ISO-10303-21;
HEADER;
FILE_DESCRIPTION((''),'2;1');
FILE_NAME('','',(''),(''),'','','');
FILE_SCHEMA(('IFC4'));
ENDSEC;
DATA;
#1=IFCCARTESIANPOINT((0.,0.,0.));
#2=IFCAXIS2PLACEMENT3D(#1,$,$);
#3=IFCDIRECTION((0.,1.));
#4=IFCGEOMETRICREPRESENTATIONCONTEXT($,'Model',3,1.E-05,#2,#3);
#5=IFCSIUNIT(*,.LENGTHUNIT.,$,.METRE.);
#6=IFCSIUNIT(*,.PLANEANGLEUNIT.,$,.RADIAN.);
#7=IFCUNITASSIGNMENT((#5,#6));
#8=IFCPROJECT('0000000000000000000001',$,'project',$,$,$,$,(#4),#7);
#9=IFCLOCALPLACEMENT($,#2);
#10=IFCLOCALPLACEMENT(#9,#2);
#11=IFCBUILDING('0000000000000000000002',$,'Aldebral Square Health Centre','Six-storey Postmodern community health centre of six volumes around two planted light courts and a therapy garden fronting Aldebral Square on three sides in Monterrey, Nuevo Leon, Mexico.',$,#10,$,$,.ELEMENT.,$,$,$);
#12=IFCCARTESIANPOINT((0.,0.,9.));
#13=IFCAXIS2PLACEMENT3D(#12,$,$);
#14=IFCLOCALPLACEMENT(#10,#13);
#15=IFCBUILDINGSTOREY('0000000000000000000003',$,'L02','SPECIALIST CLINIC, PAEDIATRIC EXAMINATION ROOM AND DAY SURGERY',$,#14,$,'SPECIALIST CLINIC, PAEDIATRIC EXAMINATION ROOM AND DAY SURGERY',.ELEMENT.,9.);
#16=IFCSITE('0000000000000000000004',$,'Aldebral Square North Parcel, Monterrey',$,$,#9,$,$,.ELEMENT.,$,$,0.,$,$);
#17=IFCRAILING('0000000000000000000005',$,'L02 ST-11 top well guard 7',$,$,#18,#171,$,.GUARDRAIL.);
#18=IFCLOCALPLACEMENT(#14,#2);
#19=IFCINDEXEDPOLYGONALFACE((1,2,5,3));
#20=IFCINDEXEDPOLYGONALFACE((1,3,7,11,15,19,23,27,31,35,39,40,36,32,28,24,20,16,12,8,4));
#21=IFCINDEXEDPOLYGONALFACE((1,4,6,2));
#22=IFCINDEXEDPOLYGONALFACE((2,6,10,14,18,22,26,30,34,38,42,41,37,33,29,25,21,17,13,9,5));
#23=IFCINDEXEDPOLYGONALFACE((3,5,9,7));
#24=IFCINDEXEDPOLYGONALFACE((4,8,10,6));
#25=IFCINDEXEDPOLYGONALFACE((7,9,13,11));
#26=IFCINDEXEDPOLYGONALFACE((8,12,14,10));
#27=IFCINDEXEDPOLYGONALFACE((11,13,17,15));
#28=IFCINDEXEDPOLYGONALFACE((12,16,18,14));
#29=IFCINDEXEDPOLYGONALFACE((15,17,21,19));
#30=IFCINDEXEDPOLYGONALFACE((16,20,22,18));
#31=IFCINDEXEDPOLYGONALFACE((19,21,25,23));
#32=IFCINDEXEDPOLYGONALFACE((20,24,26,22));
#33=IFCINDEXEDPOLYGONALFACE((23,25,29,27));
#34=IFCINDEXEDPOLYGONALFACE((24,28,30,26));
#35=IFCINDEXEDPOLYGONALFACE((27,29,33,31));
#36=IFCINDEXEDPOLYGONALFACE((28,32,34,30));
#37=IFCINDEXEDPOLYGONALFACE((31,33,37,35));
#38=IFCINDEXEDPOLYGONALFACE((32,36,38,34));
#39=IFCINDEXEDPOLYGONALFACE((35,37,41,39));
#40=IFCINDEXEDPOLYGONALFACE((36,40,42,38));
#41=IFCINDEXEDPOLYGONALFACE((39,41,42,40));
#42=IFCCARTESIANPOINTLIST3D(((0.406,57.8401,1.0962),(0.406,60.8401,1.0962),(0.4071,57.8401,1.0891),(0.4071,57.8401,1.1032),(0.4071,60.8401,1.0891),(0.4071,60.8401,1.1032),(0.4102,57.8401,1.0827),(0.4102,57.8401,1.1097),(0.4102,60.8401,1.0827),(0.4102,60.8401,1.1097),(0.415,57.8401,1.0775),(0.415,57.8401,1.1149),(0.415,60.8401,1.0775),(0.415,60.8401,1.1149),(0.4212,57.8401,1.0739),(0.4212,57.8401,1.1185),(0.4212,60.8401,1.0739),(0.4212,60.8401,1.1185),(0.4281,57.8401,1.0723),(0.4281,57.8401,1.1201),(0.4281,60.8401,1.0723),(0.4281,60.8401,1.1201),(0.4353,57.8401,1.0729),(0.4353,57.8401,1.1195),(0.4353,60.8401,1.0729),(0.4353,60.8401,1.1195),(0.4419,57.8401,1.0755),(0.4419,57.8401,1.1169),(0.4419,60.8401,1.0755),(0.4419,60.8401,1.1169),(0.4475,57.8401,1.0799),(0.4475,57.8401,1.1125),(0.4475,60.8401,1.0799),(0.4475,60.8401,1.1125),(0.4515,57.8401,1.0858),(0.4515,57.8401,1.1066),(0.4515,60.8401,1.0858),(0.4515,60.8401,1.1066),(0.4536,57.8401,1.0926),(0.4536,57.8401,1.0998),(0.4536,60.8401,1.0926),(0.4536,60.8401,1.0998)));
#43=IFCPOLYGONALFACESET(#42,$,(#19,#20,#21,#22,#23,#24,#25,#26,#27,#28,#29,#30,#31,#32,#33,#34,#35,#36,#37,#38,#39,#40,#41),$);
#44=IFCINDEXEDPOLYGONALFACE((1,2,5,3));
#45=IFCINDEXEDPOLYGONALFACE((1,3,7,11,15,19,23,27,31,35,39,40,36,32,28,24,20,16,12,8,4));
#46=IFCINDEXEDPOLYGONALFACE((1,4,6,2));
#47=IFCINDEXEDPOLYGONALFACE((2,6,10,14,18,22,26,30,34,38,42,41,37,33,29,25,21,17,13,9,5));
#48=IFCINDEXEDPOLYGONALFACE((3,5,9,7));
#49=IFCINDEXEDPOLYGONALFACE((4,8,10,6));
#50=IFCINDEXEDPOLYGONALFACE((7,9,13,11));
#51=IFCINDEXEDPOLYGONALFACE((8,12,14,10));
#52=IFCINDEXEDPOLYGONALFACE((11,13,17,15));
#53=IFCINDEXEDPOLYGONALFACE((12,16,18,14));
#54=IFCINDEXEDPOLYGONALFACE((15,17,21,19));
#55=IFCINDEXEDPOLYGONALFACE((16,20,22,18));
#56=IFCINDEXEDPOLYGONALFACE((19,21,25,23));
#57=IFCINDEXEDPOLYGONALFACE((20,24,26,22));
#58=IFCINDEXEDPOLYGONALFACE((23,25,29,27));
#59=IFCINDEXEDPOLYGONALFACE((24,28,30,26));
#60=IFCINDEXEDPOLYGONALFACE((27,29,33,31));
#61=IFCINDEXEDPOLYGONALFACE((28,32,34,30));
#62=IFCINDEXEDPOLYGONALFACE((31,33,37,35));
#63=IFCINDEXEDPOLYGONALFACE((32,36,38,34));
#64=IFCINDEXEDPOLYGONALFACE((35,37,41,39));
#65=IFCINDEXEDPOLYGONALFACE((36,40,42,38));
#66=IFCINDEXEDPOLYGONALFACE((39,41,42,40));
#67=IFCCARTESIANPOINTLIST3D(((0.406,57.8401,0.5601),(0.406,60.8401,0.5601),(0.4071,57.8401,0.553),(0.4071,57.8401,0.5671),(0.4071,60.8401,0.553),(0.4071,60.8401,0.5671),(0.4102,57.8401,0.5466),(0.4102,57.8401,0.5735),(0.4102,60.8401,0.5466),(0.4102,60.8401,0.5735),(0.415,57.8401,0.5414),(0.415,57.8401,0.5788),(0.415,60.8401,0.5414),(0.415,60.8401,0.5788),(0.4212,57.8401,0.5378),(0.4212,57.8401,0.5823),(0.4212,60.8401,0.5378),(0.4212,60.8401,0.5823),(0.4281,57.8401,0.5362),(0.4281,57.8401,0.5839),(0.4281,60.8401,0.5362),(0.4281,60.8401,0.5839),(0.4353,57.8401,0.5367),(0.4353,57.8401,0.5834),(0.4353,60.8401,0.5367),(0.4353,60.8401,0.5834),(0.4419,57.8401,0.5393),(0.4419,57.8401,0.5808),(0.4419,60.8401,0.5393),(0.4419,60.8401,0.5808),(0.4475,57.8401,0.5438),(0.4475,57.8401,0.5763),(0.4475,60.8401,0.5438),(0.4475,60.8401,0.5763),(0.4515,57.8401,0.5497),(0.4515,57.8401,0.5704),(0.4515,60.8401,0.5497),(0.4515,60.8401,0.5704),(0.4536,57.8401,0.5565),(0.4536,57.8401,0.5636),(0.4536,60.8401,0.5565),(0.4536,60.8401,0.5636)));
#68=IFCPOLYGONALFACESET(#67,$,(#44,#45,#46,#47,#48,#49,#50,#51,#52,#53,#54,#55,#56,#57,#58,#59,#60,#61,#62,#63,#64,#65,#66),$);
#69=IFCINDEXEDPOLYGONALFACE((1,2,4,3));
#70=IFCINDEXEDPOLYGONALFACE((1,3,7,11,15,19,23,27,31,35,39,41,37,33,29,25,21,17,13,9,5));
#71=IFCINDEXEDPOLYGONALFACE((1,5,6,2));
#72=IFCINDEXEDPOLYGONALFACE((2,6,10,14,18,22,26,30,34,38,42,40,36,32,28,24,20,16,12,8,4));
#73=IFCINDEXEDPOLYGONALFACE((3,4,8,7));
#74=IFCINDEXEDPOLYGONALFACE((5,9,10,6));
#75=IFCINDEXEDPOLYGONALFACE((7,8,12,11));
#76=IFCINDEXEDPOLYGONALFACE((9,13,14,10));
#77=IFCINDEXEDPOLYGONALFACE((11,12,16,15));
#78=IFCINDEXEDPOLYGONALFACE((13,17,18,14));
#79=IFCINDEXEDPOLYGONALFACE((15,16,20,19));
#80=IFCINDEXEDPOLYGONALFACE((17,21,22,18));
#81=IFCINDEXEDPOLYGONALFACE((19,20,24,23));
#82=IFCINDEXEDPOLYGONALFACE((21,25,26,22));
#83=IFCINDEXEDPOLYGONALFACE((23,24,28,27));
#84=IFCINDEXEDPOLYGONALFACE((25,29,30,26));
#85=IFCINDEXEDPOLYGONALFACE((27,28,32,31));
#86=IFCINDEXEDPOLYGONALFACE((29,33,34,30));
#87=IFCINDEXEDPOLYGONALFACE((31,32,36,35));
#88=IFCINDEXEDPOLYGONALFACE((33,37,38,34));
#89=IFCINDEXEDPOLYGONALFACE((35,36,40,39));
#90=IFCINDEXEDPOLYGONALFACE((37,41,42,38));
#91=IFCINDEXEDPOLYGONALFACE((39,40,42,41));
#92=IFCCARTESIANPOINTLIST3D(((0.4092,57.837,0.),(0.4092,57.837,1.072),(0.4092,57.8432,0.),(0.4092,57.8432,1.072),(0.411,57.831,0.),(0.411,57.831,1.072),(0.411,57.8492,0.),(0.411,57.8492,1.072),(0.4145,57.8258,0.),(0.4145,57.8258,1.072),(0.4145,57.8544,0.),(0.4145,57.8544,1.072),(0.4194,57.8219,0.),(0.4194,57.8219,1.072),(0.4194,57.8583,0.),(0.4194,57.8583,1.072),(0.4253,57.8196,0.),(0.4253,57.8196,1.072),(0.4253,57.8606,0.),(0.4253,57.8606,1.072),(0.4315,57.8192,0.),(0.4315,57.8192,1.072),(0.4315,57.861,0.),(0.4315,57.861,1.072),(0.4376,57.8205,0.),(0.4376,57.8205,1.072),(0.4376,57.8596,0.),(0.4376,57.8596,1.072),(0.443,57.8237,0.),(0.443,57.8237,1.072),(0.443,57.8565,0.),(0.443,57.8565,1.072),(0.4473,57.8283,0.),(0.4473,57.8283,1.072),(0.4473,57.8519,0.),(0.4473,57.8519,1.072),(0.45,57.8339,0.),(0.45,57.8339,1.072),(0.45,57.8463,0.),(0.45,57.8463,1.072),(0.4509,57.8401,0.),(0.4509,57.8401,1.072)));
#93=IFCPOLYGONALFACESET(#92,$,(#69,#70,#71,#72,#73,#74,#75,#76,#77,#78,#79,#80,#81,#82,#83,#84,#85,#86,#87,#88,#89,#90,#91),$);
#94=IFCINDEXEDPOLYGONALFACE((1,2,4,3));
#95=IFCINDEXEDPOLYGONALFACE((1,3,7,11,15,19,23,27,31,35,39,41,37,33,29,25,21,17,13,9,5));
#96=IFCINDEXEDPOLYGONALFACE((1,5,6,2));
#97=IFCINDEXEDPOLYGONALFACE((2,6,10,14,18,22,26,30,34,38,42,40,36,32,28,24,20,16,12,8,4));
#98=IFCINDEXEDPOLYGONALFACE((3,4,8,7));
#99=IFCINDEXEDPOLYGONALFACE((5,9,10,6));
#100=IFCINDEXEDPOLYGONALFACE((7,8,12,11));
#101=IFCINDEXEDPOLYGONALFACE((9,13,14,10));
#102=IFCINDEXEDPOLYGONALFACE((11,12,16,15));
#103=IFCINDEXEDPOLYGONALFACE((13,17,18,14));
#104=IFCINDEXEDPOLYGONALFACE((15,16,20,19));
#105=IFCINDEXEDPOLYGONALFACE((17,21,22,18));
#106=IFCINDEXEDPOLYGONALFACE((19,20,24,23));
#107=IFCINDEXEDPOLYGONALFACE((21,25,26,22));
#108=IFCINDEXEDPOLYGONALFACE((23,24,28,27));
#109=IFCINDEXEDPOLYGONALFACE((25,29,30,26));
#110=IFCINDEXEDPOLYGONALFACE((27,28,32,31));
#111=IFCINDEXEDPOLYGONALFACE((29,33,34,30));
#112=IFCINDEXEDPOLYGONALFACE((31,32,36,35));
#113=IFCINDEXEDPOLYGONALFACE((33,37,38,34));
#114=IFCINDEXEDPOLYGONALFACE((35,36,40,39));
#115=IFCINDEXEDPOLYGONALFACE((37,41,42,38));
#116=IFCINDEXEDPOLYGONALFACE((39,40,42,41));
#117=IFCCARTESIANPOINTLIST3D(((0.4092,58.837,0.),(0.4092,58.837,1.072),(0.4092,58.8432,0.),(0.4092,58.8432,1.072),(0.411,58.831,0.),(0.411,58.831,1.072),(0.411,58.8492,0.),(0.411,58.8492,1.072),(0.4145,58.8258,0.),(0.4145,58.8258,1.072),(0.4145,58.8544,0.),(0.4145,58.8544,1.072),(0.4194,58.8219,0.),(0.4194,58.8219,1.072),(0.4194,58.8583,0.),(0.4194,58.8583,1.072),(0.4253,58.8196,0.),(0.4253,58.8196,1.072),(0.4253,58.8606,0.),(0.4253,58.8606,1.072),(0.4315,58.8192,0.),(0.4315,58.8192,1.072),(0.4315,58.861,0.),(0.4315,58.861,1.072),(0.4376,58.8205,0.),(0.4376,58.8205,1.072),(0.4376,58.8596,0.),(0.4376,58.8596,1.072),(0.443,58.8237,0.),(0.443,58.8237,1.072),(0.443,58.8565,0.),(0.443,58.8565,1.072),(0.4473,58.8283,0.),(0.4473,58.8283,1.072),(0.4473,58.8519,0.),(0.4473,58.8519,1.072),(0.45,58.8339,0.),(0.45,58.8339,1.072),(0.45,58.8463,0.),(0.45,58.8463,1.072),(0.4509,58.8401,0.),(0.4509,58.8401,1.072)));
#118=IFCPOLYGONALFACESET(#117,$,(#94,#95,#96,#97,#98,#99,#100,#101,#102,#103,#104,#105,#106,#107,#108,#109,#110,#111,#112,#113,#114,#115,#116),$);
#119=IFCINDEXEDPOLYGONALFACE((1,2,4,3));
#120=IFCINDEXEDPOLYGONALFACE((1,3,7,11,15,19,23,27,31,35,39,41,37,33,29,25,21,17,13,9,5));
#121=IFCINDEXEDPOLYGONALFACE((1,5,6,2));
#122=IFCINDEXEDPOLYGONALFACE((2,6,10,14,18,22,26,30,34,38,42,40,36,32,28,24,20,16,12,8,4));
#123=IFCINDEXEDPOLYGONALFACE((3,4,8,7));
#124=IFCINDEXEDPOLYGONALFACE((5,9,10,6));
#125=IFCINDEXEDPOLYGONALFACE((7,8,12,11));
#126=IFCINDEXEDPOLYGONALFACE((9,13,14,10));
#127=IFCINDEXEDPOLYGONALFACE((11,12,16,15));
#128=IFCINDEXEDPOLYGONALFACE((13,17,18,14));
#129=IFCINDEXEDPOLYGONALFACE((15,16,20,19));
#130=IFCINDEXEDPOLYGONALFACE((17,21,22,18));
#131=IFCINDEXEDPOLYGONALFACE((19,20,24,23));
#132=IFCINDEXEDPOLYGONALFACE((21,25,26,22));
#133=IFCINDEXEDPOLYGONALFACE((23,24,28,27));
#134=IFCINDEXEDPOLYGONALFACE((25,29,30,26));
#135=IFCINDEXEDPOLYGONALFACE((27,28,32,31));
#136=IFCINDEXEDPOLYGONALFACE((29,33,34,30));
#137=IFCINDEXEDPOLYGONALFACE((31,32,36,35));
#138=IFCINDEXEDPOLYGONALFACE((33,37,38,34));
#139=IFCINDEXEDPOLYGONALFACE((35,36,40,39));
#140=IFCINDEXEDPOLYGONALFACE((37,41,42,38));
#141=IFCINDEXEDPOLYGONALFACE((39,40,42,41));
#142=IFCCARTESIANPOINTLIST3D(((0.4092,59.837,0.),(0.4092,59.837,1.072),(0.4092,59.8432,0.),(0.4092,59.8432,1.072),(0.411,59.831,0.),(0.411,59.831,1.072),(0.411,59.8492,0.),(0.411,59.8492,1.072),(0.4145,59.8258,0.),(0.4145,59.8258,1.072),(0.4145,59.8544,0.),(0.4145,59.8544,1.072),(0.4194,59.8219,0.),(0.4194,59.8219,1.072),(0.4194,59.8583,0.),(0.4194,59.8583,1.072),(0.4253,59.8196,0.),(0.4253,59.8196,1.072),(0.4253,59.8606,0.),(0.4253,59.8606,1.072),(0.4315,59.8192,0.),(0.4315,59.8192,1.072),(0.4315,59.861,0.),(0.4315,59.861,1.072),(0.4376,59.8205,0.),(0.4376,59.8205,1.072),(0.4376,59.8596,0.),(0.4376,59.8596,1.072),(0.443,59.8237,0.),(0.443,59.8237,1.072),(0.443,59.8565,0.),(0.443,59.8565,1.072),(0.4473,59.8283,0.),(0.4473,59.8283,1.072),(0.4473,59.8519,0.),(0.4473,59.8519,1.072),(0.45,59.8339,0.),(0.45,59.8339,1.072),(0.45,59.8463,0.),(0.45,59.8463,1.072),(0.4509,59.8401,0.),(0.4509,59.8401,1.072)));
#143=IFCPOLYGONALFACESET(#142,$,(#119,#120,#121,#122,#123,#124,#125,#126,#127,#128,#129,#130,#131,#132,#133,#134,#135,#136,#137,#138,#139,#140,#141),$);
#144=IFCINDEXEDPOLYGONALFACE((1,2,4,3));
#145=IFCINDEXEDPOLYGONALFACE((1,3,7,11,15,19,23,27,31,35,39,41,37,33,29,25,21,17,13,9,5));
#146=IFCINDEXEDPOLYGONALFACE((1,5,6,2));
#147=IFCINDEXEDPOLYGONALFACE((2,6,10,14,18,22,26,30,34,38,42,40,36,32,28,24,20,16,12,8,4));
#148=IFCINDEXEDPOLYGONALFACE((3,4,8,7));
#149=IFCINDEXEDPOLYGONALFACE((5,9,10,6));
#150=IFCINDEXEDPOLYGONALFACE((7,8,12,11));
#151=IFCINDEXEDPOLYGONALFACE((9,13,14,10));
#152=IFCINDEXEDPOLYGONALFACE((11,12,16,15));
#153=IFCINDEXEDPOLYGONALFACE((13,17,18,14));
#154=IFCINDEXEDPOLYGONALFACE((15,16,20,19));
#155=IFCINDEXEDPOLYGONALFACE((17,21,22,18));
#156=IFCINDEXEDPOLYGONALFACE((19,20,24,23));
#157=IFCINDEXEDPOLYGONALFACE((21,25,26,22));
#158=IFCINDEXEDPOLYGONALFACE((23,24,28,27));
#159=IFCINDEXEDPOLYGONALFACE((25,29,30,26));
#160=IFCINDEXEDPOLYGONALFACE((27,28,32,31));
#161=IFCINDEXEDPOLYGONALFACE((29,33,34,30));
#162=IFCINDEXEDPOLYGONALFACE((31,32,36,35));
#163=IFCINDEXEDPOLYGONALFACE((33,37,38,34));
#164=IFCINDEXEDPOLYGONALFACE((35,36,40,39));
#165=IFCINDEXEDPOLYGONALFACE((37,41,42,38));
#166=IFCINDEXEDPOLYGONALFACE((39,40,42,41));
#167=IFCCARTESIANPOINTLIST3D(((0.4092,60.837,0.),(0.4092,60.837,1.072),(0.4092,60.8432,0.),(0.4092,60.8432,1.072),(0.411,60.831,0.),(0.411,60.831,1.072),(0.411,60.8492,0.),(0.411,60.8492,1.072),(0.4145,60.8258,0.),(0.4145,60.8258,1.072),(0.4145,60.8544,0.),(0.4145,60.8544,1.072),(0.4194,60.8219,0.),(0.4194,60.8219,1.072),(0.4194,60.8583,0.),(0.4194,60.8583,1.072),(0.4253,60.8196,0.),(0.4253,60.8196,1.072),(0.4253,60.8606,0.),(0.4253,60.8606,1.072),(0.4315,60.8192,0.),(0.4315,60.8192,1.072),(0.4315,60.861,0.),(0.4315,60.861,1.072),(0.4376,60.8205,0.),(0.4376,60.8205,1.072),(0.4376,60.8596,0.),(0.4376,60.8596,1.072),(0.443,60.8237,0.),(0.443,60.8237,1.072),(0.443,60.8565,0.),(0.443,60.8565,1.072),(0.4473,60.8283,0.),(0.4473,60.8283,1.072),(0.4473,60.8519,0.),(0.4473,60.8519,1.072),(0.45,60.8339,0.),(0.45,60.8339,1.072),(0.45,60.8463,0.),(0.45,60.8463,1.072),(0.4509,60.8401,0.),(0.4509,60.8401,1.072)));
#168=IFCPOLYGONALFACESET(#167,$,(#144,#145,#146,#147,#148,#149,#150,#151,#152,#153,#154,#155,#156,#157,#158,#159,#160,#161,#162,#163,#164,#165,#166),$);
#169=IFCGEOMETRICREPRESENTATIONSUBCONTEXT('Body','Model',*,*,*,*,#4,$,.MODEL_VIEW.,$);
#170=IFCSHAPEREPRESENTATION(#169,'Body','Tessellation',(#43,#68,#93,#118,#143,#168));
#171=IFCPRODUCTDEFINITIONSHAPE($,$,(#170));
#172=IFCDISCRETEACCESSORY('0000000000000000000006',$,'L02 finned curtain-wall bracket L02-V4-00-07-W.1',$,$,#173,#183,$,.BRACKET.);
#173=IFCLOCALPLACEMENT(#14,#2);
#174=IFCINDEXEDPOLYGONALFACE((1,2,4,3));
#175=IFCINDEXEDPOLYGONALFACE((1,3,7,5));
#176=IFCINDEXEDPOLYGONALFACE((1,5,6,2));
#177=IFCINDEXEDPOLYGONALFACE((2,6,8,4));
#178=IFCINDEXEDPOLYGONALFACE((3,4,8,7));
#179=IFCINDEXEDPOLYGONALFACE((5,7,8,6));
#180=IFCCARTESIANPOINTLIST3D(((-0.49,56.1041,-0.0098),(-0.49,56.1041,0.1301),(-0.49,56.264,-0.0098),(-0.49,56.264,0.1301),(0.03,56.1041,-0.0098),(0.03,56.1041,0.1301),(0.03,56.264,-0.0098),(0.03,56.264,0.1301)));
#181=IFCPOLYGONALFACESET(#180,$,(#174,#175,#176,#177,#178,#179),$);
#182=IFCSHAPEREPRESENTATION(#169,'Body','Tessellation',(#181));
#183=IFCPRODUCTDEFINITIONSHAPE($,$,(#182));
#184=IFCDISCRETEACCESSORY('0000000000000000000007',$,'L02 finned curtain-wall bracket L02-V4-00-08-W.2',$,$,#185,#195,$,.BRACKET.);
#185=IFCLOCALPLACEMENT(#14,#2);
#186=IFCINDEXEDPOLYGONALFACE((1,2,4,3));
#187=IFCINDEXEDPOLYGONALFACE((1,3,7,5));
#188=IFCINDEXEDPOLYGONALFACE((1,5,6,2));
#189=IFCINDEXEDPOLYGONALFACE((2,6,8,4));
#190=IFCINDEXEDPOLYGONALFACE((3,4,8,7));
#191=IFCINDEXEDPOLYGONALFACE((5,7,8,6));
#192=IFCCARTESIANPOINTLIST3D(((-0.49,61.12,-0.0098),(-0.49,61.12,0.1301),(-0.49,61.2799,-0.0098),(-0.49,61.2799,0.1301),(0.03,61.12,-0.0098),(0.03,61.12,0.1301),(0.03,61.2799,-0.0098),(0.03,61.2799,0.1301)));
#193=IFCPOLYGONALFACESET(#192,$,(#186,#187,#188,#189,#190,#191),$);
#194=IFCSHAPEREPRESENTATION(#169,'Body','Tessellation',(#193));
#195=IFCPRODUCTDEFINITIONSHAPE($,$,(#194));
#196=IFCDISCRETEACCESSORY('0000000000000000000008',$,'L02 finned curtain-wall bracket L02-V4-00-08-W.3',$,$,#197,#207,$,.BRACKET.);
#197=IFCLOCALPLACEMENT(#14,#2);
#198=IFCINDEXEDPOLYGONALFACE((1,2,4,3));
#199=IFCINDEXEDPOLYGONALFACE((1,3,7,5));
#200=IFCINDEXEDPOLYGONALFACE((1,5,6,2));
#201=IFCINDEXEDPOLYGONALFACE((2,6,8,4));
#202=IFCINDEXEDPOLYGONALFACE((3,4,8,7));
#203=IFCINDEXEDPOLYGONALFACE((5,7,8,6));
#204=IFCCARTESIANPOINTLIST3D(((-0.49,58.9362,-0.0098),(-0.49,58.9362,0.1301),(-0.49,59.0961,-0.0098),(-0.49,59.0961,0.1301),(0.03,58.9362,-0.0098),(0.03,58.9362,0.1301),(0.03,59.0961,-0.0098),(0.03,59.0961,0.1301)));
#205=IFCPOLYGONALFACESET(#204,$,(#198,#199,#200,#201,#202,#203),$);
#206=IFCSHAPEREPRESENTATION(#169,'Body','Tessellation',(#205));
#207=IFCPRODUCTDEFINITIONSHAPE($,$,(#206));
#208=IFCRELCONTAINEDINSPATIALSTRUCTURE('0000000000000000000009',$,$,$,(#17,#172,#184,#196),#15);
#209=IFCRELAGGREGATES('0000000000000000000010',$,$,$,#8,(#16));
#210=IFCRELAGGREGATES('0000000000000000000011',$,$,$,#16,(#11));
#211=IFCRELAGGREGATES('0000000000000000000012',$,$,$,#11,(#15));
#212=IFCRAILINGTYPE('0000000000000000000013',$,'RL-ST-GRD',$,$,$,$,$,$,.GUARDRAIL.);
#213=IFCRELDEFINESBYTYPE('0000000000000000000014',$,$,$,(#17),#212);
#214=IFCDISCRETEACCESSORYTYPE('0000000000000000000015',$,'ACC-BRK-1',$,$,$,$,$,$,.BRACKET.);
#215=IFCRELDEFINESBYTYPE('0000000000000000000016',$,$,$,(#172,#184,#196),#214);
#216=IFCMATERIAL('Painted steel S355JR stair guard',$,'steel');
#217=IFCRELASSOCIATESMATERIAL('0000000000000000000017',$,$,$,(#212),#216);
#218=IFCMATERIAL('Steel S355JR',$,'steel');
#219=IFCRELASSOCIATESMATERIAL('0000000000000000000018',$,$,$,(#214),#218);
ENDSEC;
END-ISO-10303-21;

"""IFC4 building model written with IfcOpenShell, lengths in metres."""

from ifc_helpers import new_model, si_unit, direction, frame, origin, origin_2d, place, context, subcontext, project, spatial, rectangle, circle, extrude, material, type_object, element, save


model = new_model("IFC4")

# Units and contexts
model_context = context("Model", 3, precision=1e-05, world=origin(), true_north=direction((0.0, 1.0)))
body_context = subcontext(model_context, "Body", "Model", "MODEL_VIEW")
ifc_project = project(units=[si_unit("LENGTHUNIT", "METRE"), si_unit("PLANEANGLEUNIT", "RADIAN")], contexts=[model_context])

# Site, building, storey
site_placement = place(None, origin())
site = spatial("IfcSite", under=ifc_project, at=site_placement, Name="Aldebral Square North Parcel, Monterrey", CompositionType="ELEMENT", RefElevation=0.0)
building_placement = place(site_placement, origin())
building = spatial("IfcBuilding", under=site, at=building_placement, Name="Aldebral Square Health Centre", Description="Six-storey Postmodern community health centre of six volumes around two planted light courts and a therapy garden fronting Aldebral Square on three sides in Monterrey, Nuevo Leon, Mexico.", CompositionType="ELEMENT")
storey_placement = place(building_placement, frame((0.0, 0.0, 9.0)))
storey = spatial("IfcBuildingStorey", under=building, at=storey_placement, Name="L02", Description="SPECIALIST CLINIC, PAEDIATRIC EXAMINATION ROOM AND DAY SURGERY", LongName="SPECIALIST CLINIC, PAEDIATRIC EXAMINATION ROOM AND DAY SURGERY", CompositionType="ELEMENT", Elevation=9.0)

# Railing
ifc_material_1 = material(Name="Painted steel S355JR stair guard", Category="steel")
railing_type = type_object("IfcRailingType", Name="RL-ST-GRD", PredefinedType="GUARDRAIL", material=ifc_material_1)
railing_1_placement = place(storey_placement, frame((0.4299, 57.8401, 0.0)))
element("IfcRailing", 1, at=railing_1_placement, inside=storey, type_object=railing_type, Name="L02 ST-11 top well guard 7", PredefinedType="GUARDRAIL", context=body_context, shape_type="SweptSolid", body=[
    extrude(circle(Radius=0.0239, at=origin_2d()), frame((0.0, 0.0, 1.0962), z_axis=(0.0, 1.0, 0.0), x_axis=(-1.0, 0.0, 0.0)), (0.0, 0.0, 1.0), 3.0),
    extrude(circle(Radius=0.0239, at=origin_2d()), frame((0.0, 0.0, 0.5601), z_axis=(0.0, 1.0, 0.0), x_axis=(-1.0, 0.0, 0.0)), (0.0, 0.0, 1.0), 3.0),
    extrude(circle(Radius=0.021, at=origin_2d()), origin(), (0.0, 0.0, 1.0), 1.072),
    extrude(circle(Radius=0.021, at=origin_2d()), frame((0.0, 1.0, 0.0)), (0.0, 0.0, 1.0), 1.072),
    extrude(circle(Radius=0.021, at=origin_2d()), frame((0.0, 2.0, 0.0)), (0.0, 0.0, 1.0), 1.072),
    extrude(circle(Radius=0.021, at=origin_2d()), frame((0.0, 3.0, 0.0)), (0.0, 0.0, 1.0), 1.072),
])

# Discrete accessories
ifc_material_2 = material(Name="Steel S355JR", Category="steel")
discrete_accessory_type = type_object("IfcDiscreteAccessoryType", Name="ACC-BRK-1", PredefinedType="BRACKET", material=ifc_material_2)
for number, where, z_axis, x_axis, name in (
    (2, (-0.23, 56.1841, -0.0098), (0.0, 0.0, 1.0), (0.0, 1.0, 0.0), "L02 finned curtain-wall bracket L02-V4-00-07-W.1"),
    (3, (-0.23, 61.2, -0.0098), (0.0, 0.0, 1.0), (0.0, 1.0, 0.0), "L02 finned curtain-wall bracket L02-V4-00-08-W.2"),
    (4, (-0.23, 59.0161, -0.0098), (0.0, 0.0, 1.0), (0.0, 1.0, 0.0), "L02 finned curtain-wall bracket L02-V4-00-08-W.3"),
):
    element("IfcDiscreteAccessory", number, at=place(storey_placement, frame(where, z_axis=z_axis, x_axis=x_axis)), inside=storey, type_object=discrete_accessory_type, Name=name, PredefinedType="BRACKET", context=body_context, shape_type="SweptSolid", body=[
        extrude(rectangle(XDim=0.1599, YDim=0.52, at=origin_2d()), origin(), (0.0, 0.0, 1.0), 0.1399),
    ])

save(model, "model.ifc")
